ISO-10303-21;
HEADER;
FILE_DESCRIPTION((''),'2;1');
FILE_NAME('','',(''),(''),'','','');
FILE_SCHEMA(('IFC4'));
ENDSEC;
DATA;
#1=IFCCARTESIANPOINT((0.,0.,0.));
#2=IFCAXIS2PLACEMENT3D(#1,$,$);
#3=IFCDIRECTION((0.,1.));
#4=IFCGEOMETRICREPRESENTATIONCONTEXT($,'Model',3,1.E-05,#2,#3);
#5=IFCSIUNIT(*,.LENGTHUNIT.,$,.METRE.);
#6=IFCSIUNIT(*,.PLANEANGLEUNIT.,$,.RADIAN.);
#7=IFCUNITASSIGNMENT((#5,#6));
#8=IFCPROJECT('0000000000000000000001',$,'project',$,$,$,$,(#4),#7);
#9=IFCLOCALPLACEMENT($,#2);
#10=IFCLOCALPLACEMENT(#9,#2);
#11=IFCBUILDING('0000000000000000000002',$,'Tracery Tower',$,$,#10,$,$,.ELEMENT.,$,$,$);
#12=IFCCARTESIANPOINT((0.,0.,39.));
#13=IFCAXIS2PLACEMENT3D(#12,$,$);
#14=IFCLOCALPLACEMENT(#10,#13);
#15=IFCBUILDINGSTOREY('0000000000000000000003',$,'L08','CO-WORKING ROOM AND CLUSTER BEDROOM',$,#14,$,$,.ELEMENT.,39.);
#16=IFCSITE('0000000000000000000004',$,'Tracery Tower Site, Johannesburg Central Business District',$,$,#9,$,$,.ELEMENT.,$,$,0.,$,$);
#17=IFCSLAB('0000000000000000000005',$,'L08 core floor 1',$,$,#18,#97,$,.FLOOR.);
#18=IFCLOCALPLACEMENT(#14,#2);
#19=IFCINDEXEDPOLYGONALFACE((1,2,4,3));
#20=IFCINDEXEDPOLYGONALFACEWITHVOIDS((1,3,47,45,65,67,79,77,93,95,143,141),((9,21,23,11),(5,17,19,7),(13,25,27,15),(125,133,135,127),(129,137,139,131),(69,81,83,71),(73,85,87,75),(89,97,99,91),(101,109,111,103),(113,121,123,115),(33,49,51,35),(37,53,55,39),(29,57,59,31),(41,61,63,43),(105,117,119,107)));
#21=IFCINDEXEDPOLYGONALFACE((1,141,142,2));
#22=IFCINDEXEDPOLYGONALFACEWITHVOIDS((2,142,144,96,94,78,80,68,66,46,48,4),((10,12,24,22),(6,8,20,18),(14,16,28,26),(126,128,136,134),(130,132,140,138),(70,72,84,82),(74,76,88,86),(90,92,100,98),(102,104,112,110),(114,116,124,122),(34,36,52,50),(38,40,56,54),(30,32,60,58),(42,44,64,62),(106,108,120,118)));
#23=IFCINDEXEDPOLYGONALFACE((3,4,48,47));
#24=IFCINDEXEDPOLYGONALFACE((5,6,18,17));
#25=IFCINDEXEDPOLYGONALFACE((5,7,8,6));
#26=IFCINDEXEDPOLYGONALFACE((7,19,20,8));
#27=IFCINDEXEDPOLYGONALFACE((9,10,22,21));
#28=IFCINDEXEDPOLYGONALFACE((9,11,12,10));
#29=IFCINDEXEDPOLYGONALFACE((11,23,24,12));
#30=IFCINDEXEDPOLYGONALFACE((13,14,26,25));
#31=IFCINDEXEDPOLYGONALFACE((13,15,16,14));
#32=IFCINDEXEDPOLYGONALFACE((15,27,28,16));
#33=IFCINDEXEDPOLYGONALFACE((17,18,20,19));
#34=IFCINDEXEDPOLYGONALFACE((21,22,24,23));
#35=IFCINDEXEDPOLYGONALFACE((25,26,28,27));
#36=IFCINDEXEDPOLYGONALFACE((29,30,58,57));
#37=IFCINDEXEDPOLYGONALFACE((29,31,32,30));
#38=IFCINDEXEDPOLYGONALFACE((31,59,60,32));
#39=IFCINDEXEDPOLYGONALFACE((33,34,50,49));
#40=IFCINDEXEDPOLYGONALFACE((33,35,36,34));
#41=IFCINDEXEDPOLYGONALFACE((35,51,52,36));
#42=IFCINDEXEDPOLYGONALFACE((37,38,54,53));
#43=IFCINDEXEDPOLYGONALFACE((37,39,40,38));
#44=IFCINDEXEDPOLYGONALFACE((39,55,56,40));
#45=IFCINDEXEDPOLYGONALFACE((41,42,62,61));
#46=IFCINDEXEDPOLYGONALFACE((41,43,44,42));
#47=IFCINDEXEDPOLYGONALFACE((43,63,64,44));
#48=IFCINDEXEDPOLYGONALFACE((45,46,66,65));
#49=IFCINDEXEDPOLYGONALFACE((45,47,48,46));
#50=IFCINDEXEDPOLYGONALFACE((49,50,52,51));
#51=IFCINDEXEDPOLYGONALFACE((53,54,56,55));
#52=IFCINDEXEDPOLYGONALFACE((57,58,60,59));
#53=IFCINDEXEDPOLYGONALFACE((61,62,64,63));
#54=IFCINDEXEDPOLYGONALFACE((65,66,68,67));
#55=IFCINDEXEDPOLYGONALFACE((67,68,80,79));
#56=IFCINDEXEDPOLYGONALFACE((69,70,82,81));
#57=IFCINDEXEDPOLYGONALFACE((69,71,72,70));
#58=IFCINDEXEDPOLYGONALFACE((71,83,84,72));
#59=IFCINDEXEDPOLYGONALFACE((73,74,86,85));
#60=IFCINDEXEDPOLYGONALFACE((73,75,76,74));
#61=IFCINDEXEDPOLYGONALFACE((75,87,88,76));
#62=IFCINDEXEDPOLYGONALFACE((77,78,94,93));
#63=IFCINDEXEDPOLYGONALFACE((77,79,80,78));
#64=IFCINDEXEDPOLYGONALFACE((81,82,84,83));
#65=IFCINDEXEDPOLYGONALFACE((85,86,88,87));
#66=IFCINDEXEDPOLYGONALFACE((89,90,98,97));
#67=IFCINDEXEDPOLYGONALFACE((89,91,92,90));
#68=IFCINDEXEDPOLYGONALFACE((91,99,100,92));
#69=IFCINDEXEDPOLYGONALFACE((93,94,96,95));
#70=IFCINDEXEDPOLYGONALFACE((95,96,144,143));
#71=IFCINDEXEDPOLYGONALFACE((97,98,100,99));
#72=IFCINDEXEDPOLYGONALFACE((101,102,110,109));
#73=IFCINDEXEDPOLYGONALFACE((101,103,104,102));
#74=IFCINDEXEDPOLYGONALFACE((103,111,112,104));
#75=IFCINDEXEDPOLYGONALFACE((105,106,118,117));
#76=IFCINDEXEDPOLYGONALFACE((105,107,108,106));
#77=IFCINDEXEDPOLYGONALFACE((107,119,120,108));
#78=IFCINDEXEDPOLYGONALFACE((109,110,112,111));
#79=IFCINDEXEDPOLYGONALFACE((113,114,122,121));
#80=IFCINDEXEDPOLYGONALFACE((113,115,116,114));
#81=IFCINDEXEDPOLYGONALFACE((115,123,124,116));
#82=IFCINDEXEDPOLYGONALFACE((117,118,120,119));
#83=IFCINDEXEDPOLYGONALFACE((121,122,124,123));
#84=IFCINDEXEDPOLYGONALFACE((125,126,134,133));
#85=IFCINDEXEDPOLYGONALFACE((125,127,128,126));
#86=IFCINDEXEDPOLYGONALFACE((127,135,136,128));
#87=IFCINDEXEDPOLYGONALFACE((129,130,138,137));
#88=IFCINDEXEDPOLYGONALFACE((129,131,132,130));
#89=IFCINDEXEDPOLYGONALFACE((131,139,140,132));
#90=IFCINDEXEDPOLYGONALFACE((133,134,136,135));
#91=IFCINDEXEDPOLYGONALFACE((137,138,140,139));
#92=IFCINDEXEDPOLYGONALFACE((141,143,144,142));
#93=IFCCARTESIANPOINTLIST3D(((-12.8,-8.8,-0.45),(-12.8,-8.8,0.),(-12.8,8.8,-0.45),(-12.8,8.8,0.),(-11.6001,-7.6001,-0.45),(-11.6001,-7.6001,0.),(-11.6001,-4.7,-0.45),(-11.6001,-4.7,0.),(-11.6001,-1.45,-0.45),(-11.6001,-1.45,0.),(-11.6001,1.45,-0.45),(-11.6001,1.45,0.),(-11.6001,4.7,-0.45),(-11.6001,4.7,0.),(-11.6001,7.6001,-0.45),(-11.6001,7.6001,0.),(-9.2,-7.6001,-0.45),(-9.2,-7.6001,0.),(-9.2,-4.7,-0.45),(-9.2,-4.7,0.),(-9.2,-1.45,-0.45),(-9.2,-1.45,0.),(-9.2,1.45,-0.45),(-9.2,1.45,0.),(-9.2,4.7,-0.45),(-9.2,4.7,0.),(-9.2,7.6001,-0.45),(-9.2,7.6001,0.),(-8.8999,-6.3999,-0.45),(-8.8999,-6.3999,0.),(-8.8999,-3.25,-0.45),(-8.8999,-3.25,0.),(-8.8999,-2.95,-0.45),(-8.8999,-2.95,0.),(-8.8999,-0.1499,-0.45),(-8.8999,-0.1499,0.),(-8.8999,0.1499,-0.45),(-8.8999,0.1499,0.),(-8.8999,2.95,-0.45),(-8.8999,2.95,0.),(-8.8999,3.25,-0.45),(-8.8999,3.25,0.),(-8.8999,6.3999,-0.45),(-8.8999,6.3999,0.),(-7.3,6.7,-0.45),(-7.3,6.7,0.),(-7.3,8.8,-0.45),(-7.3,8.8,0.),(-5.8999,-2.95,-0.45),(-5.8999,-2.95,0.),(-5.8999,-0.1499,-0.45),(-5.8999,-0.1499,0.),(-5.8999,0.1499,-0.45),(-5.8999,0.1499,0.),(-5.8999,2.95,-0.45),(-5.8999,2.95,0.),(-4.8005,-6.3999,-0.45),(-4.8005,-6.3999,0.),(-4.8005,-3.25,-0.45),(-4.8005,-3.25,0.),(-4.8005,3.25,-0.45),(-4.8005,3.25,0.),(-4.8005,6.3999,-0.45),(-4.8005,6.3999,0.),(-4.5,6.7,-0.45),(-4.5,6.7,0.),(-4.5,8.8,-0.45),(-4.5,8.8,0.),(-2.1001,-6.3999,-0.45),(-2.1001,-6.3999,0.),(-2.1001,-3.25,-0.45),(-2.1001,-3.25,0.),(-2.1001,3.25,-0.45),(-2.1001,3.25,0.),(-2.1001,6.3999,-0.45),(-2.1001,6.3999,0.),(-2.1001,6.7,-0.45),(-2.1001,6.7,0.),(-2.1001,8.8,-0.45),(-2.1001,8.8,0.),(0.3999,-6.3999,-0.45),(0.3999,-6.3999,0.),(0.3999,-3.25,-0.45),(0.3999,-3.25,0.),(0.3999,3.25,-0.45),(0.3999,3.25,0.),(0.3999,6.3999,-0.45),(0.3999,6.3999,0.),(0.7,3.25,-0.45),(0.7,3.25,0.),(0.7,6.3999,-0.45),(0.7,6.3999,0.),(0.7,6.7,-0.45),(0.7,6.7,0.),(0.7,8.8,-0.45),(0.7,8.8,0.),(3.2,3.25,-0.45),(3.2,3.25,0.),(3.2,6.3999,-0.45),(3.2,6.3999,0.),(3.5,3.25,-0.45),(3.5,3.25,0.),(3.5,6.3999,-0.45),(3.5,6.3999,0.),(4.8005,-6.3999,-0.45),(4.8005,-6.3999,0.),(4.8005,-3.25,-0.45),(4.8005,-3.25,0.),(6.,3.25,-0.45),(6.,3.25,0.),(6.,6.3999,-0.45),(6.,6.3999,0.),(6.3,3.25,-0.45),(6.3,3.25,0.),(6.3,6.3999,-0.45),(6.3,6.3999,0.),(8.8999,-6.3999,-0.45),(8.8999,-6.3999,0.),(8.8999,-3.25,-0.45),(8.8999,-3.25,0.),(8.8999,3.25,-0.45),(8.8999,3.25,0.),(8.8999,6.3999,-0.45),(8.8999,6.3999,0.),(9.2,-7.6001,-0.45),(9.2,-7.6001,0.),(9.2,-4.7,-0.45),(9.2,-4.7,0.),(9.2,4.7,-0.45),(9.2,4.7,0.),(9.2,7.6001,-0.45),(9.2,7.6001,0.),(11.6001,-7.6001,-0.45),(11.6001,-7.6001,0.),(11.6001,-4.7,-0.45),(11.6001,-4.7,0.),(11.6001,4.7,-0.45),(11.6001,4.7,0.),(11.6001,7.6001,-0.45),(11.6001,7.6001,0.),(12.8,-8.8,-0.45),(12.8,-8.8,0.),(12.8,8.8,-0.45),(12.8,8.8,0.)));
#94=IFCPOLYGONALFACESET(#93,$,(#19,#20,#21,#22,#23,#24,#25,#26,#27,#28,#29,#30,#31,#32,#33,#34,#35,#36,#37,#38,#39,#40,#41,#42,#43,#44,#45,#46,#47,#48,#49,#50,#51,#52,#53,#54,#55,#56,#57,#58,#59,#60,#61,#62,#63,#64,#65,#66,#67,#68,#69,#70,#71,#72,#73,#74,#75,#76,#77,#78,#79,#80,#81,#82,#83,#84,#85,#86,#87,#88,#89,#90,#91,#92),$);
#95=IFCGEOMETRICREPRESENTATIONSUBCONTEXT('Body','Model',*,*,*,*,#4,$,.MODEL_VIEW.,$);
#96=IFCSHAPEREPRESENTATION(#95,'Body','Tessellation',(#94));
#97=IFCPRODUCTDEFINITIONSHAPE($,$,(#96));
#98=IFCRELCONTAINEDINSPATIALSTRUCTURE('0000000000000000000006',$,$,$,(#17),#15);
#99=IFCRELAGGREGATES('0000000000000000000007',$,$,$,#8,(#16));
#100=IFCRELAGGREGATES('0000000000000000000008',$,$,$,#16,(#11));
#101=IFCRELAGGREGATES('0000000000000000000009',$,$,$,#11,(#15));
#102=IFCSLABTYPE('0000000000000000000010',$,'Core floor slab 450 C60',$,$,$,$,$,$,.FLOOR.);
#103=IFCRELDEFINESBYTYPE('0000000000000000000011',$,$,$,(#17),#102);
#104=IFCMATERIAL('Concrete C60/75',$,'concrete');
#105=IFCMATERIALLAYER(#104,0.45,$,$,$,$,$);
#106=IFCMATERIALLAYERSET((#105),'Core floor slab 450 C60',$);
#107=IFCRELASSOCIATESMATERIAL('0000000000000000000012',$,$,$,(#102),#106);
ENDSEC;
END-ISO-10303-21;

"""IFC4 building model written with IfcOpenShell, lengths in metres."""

from ifc_helpers import new_model, si_unit, direction, frame, origin, place, context, subcontext, project, spatial, polyline, outline, extrude, material, layer, layer_set, type_object, element, save


model = new_model("IFC4")

# Units and contexts
model_context = context("Model", 3, precision=1e-05, world=origin(), true_north=direction((0.0, 1.0)))
body_context = subcontext(model_context, "Body", "Model", "MODEL_VIEW")
ifc_project = project(units=[si_unit("LENGTHUNIT", "METRE"), si_unit("PLANEANGLEUNIT", "RADIAN")], contexts=[model_context])

# Site, building, storey
site_placement = place(None, origin())
site = spatial("IfcSite", under=ifc_project, at=site_placement, Name="Tracery Tower Site, Johannesburg Central Business District", CompositionType="ELEMENT", RefElevation=0.0)
building_placement = place(site_placement, origin())
building = spatial("IfcBuilding", under=site, at=building_placement, Name="Tracery Tower", CompositionType="ELEMENT")
storey_placement = place(building_placement, frame((0.0, 0.0, 39.0)))
storey = spatial("IfcBuildingStorey", under=building, at=storey_placement, Name="L08", Description="CO-WORKING ROOM AND CLUSTER BEDROOM", CompositionType="ELEMENT", Elevation=39.0)

# Slab
ifc_material_1 = material(Name="Concrete C60/75", Category="concrete")
ifc_layer_1 = layer(ifc_material_1, 0.45)
ifc_layer_set_1 = layer_set([ifc_layer_1], Name="Core floor slab 450 C60")
slab_type_1 = type_object("IfcSlabType", Name="Core floor slab 450 C60", PredefinedType="FLOOR", material=ifc_layer_set_1)
slab_1_placement = place(storey_placement, frame((0.0, 0.0, -0.45)))
element("IfcSlab", 1, at=slab_1_placement, inside=storey, type_object=slab_type_1, Name="L08 core floor 1", PredefinedType="FLOOR", context=body_context, shape_type="SweptSolid", body=[
    extrude(outline(polyline([(-12.8, 8.8), (-7.3, 8.8), (-7.3, 6.7), (-4.5, 6.7), (-4.5, 8.8), (-2.1001, 8.8), (-2.1001, 6.7), (0.7, 6.7), (0.7, 8.8), (12.8, 8.8), (12.8, -8.8), (-12.8, -8.8), (-12.8, 8.8)]), holes=[polyline([(11.6001, -7.6001), (11.6001, -4.7), (9.2, -4.7), (9.2, -7.6001), (11.6001, -7.6001)]), polyline([(11.6001, 4.7), (11.6001, 7.6001), (9.2, 7.6001), (9.2, 4.7), (11.6001, 4.7)]), polyline([(4.8005, -3.25), (4.8005, -6.3999), (8.8999, -6.3999), (8.8999, -3.25), (4.8005, -3.25)]), polyline([(6.3, 3.25), (8.8999, 3.25), (8.8999, 6.3999), (6.3, 6.3999), (6.3, 3.25)]), polyline([(3.5, 3.25), (6.0, 3.25), (6.0, 6.3999), (3.5, 6.3999), (3.5, 3.25)]), polyline([(3.2, 3.25), (3.2, 6.3999), (0.7, 6.3999), (0.7, 3.25), (3.2, 3.25)]), polyline([(-2.1001, 3.25), (0.3999, 3.25), (0.3999, 6.3999), (-2.1001, 6.3999), (-2.1001, 3.25)]), polyline([(0.3999, -6.3999), (0.3999, -3.25), (-2.1001, -3.25), (-2.1001, -6.3999), (0.3999, -6.3999)]), polyline([(-4.8005, -3.25), (-8.8999, -3.25), (-8.8999, -6.3999), (-4.8005, -6.3999), (-4.8005, -3.25)]), polyline([(-4.8005, 6.3999), (-8.8999, 6.3999), (-8.8999, 3.25), (-4.8005, 3.25), (-4.8005, 6.3999)]), polyline([(-8.8999, -2.95), (-5.8999, -2.95), (-5.8999, -0.1499), (-8.8999, -0.1499), (-8.8999, -2.95)]), polyline([(-5.8999, 0.1499), (-5.8999, 2.95), (-8.8999, 2.95), (-8.8999, 0.1499), (-5.8999, 0.1499)]), polyline([(-11.6001, 4.7), (-9.2, 4.7), (-9.2, 7.6001), (-11.6001, 7.6001), (-11.6001, 4.7)]), polyline([(-9.2, -7.6001), (-9.2, -4.7), (-11.6001, -4.7), (-11.6001, -7.6001), (-9.2, -7.6001)]), polyline([(-9.2, -1.45), (-9.2, 1.45), (-11.6001, 1.45), (-11.6001, -1.45), (-9.2, -1.45)])]), origin(), (0.0, 0.0, 1.0), 0.45),
])

save(model, "model.ifc")
